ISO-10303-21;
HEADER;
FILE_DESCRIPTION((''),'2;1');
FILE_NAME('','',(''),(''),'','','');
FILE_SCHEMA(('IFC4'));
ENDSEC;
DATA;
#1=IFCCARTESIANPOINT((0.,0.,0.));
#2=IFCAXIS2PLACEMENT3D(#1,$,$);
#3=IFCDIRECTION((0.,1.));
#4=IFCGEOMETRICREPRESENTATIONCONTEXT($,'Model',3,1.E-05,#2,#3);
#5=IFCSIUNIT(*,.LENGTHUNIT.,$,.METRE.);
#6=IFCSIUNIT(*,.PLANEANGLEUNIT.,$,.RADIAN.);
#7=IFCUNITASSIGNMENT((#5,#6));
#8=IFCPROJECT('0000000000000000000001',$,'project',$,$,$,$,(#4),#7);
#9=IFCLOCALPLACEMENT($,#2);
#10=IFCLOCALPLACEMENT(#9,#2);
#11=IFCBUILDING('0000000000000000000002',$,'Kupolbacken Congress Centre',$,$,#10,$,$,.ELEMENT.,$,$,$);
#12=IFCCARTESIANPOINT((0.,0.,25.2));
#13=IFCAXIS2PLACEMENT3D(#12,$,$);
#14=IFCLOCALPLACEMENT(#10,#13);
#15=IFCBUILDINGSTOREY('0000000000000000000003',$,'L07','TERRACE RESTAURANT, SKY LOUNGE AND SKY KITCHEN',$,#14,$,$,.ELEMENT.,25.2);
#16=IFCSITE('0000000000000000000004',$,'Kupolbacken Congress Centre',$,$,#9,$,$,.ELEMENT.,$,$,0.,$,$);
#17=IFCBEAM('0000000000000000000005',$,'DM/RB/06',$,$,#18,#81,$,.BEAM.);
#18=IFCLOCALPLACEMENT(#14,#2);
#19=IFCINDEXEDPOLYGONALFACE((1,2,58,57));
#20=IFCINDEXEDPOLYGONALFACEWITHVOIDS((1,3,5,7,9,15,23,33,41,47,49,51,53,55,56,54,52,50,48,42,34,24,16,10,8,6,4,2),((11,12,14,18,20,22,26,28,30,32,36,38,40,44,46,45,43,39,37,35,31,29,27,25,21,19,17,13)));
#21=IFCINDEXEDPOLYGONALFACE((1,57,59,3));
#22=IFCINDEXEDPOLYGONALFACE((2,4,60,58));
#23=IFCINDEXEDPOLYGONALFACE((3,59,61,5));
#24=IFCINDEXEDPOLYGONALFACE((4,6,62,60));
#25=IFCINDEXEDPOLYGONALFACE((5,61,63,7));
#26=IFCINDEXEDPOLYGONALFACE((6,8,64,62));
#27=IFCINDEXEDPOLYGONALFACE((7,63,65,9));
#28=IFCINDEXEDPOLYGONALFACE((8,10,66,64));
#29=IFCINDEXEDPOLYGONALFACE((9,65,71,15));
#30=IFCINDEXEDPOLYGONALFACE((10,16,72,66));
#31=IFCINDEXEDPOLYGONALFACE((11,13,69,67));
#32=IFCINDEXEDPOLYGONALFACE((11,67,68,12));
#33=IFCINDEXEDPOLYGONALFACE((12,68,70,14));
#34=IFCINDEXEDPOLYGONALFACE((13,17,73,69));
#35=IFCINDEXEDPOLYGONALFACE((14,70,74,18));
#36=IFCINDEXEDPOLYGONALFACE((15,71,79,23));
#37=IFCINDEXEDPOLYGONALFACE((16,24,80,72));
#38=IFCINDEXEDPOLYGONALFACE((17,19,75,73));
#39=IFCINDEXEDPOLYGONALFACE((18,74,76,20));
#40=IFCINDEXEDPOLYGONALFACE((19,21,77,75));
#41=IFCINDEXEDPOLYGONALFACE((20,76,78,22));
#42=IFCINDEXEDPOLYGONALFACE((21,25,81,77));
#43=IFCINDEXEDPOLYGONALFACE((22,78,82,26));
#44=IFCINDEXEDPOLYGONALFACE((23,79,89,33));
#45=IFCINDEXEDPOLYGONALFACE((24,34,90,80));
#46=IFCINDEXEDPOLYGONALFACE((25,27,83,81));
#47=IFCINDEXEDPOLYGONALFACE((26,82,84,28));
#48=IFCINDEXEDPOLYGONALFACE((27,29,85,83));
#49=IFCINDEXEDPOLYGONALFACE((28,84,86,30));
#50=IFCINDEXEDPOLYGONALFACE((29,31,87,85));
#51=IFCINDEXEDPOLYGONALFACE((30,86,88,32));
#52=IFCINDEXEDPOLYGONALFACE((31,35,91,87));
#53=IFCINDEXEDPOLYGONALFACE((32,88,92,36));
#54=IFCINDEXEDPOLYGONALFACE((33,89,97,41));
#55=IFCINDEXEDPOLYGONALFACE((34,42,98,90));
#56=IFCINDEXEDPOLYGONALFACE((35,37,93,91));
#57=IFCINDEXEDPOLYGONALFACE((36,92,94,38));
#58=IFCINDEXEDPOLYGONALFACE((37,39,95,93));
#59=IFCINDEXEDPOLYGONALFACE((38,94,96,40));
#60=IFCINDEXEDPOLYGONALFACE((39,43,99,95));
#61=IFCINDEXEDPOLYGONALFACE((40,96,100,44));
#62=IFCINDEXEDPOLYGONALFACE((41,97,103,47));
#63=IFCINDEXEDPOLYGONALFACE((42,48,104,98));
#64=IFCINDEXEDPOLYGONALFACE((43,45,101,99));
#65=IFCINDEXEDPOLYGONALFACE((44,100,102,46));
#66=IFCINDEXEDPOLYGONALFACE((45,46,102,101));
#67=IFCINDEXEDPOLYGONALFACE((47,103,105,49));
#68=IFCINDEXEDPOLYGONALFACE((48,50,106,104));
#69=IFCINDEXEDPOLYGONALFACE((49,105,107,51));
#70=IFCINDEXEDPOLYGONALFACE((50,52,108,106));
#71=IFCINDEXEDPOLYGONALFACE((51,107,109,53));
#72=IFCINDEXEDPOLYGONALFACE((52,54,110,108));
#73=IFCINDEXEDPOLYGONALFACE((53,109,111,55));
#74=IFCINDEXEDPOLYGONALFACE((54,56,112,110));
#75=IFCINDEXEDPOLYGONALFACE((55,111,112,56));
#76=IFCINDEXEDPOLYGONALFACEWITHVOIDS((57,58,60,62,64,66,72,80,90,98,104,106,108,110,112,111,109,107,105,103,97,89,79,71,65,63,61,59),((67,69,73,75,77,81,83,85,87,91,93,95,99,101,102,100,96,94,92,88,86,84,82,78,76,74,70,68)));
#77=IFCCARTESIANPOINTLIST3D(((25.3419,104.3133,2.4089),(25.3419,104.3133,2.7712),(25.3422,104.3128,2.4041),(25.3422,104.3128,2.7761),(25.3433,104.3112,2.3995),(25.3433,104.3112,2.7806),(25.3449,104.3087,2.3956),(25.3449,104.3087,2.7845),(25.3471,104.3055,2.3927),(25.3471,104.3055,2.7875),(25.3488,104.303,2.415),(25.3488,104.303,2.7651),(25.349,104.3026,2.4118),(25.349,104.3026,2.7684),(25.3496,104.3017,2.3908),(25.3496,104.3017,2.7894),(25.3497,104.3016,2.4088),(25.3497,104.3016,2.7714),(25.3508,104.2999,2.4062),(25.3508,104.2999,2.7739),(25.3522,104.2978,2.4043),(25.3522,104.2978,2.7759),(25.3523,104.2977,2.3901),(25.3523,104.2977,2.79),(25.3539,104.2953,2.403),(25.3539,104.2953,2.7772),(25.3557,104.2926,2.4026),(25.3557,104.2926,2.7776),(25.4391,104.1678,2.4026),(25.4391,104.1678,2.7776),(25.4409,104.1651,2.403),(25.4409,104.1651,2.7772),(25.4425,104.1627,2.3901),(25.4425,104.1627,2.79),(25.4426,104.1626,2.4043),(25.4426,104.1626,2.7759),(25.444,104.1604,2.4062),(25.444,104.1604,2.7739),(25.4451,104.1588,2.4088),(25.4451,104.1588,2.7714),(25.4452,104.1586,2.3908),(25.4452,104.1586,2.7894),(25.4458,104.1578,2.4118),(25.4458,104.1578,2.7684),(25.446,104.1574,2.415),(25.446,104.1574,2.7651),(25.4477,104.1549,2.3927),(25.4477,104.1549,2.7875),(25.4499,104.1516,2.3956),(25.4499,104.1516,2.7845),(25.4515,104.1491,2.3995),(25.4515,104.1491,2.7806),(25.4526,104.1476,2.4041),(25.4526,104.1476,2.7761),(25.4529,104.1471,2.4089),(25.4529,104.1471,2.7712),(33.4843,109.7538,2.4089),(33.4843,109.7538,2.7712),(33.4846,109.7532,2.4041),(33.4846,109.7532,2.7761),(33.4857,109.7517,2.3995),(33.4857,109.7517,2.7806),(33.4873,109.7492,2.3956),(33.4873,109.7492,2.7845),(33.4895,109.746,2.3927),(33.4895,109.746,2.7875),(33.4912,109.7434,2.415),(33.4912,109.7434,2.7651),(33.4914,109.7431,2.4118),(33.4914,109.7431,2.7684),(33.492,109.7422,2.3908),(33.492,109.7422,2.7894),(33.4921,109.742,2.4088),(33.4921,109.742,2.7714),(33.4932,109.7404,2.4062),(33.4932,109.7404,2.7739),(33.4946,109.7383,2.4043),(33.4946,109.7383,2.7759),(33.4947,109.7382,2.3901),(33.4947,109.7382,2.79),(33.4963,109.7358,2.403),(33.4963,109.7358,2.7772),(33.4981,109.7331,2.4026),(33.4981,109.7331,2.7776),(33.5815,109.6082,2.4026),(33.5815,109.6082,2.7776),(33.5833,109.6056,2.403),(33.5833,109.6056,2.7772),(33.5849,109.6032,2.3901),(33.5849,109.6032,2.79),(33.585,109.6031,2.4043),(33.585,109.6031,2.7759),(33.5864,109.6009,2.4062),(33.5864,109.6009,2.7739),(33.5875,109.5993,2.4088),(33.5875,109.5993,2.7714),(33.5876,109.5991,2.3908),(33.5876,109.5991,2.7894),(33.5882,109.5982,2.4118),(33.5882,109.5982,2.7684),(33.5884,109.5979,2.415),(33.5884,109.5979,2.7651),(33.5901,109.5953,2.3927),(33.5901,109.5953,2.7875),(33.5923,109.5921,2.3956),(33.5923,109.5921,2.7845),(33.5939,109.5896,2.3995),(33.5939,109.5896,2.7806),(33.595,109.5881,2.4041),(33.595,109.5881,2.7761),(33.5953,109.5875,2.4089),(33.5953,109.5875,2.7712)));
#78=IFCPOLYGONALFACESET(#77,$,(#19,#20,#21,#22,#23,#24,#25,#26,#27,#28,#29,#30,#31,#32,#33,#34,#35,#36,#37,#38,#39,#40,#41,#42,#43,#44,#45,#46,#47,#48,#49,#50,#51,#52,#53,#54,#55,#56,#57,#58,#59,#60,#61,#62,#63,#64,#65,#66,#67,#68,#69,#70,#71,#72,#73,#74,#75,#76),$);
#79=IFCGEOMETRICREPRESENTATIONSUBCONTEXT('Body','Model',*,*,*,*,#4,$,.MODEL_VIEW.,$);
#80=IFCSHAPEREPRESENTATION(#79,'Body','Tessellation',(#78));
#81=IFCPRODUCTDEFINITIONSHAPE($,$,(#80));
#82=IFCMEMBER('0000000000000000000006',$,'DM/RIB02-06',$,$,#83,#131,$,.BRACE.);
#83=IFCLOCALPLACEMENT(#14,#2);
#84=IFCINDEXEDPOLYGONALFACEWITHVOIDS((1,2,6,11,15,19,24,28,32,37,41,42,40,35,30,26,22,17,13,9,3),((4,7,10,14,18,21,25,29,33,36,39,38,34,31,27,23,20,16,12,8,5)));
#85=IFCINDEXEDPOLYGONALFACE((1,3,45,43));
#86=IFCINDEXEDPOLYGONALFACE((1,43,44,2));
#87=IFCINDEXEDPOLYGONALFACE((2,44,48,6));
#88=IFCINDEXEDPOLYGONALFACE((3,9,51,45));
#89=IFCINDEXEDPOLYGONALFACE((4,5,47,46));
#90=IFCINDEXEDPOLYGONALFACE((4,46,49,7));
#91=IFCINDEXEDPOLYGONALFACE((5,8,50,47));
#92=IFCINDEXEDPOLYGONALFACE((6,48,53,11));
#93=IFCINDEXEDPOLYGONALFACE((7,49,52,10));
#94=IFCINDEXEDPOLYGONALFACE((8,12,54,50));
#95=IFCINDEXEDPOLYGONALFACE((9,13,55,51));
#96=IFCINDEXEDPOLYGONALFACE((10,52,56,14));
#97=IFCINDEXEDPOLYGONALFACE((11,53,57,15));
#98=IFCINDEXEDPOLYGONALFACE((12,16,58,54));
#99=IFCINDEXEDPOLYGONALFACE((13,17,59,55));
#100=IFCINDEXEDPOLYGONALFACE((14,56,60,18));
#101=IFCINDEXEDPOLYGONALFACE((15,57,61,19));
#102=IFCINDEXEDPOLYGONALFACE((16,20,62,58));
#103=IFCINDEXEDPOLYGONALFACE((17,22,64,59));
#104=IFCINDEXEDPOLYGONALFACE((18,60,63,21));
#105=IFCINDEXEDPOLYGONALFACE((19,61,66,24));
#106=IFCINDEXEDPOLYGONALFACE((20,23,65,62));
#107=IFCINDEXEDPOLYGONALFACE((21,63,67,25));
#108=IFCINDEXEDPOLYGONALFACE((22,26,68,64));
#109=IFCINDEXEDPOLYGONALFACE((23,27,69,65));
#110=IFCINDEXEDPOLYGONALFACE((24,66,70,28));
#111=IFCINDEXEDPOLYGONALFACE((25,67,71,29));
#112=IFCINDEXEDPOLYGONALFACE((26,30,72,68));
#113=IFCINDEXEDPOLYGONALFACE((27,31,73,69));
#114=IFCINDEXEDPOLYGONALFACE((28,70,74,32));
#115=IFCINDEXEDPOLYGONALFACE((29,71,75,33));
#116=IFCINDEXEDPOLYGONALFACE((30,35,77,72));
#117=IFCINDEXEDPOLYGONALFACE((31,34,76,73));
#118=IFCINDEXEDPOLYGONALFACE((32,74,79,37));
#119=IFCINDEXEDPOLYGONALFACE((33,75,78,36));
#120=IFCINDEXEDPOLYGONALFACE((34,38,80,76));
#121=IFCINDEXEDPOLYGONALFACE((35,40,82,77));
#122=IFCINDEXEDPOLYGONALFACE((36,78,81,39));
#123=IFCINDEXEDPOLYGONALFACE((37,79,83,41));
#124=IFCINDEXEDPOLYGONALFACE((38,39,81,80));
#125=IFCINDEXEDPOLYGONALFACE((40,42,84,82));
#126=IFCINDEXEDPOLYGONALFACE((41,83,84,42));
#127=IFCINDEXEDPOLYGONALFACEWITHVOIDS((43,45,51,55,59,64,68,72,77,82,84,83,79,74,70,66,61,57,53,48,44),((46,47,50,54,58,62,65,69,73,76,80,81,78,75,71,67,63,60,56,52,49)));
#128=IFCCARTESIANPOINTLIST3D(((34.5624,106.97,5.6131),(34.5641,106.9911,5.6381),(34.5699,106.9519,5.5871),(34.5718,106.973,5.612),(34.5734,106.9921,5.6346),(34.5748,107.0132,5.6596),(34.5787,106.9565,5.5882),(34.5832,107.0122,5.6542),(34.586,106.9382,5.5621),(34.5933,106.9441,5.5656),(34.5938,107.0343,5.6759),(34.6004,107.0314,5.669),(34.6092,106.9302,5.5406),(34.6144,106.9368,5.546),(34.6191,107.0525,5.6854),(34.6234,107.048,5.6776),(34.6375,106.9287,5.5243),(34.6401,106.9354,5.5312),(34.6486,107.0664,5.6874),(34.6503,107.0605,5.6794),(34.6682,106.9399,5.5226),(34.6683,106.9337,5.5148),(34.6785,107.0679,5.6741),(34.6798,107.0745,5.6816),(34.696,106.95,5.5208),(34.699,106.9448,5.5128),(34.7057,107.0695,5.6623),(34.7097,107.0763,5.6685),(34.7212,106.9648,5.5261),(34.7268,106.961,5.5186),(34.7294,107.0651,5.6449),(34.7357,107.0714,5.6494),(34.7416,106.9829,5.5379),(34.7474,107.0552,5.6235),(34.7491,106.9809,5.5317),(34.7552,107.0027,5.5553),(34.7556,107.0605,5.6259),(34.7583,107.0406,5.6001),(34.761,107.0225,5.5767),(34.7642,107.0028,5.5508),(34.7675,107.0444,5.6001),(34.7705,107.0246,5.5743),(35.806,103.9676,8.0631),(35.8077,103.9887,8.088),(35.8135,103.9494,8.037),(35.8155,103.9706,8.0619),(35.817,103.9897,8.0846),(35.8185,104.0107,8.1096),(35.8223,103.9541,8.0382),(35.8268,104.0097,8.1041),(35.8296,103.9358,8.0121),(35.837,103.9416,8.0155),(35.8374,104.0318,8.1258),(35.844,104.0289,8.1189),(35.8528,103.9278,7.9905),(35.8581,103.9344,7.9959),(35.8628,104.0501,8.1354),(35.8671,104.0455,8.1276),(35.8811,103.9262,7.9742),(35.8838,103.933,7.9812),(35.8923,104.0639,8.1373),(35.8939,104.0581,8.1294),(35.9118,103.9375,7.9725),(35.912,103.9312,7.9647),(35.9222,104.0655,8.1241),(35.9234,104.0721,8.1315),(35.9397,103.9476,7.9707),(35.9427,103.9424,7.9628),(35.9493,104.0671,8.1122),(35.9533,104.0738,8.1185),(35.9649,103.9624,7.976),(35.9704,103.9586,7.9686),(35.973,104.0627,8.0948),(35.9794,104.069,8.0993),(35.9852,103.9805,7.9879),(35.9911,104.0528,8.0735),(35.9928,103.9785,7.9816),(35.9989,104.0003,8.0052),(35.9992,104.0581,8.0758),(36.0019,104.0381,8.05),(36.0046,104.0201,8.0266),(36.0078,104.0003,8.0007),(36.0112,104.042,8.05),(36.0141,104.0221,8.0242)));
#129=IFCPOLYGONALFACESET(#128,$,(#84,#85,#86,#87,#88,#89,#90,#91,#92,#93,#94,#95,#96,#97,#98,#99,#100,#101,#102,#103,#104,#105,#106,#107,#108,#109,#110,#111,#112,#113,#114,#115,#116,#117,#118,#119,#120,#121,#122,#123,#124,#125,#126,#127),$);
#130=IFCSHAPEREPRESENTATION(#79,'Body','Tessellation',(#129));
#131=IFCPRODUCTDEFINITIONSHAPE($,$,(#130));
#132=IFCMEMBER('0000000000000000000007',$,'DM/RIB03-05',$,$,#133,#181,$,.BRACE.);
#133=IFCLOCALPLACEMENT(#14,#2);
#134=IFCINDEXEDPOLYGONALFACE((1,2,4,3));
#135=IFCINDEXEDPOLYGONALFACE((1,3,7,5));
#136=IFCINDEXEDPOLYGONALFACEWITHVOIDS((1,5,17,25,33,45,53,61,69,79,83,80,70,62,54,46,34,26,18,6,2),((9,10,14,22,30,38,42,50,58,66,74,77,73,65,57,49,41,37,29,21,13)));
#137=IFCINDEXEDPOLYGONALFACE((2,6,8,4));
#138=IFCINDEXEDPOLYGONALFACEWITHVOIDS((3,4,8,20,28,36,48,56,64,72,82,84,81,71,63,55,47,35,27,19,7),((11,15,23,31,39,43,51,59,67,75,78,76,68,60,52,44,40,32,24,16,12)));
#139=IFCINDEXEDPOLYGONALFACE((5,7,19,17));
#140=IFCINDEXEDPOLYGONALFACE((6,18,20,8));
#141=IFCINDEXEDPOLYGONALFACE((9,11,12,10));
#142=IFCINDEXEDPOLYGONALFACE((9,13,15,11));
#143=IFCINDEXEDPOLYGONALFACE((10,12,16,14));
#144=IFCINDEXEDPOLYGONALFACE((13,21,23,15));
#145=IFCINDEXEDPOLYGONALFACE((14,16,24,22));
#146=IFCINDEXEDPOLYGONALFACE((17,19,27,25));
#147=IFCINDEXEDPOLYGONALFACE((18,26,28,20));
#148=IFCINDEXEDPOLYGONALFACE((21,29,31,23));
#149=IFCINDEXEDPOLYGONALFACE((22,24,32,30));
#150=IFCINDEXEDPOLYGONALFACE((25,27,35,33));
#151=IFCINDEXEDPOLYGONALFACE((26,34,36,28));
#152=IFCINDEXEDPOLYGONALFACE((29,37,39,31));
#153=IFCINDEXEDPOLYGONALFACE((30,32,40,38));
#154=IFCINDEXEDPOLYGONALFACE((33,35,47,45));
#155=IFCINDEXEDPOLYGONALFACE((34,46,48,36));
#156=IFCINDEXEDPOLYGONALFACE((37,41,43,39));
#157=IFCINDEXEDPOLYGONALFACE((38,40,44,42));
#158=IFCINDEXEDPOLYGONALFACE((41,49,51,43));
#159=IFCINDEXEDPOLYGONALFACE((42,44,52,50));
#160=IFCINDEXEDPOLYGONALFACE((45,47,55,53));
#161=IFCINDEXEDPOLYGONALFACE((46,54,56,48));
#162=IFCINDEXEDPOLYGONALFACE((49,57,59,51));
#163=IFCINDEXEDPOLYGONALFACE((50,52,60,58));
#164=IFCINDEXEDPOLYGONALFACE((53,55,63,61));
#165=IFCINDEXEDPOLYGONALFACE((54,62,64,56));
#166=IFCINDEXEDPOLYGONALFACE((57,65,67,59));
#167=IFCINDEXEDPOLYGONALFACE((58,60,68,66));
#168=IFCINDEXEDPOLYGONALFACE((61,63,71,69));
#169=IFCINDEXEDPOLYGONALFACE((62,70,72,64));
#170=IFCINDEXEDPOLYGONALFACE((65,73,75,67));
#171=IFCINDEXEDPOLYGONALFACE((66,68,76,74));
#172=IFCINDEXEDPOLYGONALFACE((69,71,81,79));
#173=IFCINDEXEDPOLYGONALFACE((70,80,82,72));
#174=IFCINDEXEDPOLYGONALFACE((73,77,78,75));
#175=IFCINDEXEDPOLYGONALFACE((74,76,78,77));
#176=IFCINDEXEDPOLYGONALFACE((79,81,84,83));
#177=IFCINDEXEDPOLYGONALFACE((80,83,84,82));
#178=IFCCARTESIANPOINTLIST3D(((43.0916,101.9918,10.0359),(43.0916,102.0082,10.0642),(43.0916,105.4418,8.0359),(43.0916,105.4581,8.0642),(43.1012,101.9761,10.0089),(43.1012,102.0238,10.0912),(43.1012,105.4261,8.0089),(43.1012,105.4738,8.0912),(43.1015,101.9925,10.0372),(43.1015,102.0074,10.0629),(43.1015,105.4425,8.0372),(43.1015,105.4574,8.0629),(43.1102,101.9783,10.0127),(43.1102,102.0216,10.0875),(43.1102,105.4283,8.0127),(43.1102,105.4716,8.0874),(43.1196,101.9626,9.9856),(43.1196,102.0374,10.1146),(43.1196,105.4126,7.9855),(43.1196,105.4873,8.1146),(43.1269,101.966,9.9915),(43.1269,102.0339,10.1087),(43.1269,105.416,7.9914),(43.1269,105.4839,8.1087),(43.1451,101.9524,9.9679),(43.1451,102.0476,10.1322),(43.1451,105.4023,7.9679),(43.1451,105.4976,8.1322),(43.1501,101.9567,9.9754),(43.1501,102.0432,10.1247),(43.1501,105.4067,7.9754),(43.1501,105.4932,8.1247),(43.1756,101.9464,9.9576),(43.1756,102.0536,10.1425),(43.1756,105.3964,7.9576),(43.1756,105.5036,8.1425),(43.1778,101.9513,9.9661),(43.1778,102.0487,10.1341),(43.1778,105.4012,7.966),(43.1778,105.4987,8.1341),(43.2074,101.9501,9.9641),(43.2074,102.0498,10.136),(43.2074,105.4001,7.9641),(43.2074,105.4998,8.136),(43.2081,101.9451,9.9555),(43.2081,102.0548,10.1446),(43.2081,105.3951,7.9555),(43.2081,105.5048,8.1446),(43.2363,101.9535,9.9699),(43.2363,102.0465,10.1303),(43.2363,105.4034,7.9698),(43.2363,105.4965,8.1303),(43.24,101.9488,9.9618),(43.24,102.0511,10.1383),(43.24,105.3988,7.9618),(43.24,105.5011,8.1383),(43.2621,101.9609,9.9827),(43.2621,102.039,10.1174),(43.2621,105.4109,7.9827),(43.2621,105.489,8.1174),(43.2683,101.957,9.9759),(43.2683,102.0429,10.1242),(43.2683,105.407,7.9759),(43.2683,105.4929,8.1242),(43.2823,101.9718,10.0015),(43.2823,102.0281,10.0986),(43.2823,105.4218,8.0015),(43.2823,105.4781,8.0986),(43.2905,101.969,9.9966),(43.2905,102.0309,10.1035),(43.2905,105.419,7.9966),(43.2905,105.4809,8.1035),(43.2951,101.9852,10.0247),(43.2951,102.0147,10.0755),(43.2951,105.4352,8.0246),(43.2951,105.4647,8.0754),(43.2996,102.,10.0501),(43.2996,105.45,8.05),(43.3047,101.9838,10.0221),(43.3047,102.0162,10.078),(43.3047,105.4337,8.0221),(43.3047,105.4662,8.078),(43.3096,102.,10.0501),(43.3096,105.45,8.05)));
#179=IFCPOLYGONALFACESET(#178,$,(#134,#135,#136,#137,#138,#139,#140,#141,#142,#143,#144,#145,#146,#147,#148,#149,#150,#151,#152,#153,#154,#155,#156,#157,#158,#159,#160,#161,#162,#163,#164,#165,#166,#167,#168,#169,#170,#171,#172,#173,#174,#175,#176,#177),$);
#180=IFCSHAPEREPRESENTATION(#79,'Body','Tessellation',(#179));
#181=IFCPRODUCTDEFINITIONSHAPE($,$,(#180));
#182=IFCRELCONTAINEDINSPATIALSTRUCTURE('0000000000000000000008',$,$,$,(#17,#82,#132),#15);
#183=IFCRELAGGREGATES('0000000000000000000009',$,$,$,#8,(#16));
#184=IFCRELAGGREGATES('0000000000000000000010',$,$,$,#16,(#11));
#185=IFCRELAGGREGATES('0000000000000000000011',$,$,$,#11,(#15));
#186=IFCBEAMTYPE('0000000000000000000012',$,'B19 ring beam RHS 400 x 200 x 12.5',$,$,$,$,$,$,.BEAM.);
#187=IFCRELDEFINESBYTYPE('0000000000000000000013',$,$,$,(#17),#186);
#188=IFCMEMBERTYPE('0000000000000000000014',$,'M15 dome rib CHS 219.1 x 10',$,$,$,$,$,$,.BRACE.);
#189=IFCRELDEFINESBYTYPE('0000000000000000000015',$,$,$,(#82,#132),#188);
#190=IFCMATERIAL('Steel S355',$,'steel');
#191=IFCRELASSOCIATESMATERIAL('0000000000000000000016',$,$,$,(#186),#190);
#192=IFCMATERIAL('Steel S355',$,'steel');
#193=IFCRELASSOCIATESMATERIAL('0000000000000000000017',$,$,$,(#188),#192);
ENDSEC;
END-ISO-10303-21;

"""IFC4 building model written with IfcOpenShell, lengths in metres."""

from ifc_helpers import new_model, si_unit, direction, frame, origin, origin_2d, place, context, subcontext, project, spatial, hollow_rectangle, hollow_circle, extrude, material, material_profile, profile_set, type_object, element, save


model = new_model("IFC4")

# Units and contexts
model_context = context("Model", 3, precision=1e-05, world=origin(), true_north=direction((0.0, 1.0)))
body_context = subcontext(model_context, "Body", "Model", "MODEL_VIEW")
ifc_project = project(units=[si_unit("LENGTHUNIT", "METRE"), si_unit("PLANEANGLEUNIT", "RADIAN")], contexts=[model_context])

# Site, building, storey
site_placement = place(None, origin())
site = spatial("IfcSite", under=ifc_project, at=site_placement, Name="Kupolbacken Congress Centre", CompositionType="ELEMENT", RefElevation=0.0)
building_placement = place(site_placement, origin())
building = spatial("IfcBuilding", under=site, at=building_placement, Name="Kupolbacken Congress Centre", CompositionType="ELEMENT")
storey_placement = place(building_placement, frame((0.0, 0.0, 25.2)))
storey = spatial("IfcBuildingStorey", under=building, at=storey_placement, Name="L07", Description="TERRACE RESTAURANT, SKY LOUNGE AND SKY KITCHEN", CompositionType="ELEMENT", Elevation=25.2)

# Beam
ifc_material_1 = material(Name="Steel S355", Category="steel")
ifc_material_profile_1 = material_profile(ifc_material_1, hollow_rectangle(XDim=0.2, YDim=0.3999, WallThickness=0.0125, InnerFilletRadius=0.0125, OuterFilletRadius=0.0188, at=origin_2d()), Name="RHS 400 x 200 x 12.5")
ifc_profile_set_1 = profile_set([ifc_material_profile_1], Name="Steel S355")
beam_type = type_object("IfcBeamType", Name="B19 ring beam RHS 400 x 200 x 12.5", PredefinedType="BEAM", material=ifc_profile_set_1)
beam_placement = place(storey_placement, frame((33.5398, 109.6707, 2.5901), z_axis=(-0.831475, -0.555563, 0.0), x_axis=(0.555563, -0.831475, 0.0)))
element("IfcBeam", 1, at=beam_placement, inside=storey, type_object=beam_type, Name="DM/RB/06", PredefinedType="BEAM", context=body_context, shape_type="SweptSolid", body=[
    extrude(hollow_rectangle(XDim=0.2, YDim=0.3999, WallThickness=0.0125, InnerFilletRadius=0.0125, OuterFilletRadius=0.0188, at=origin_2d()), origin(), (0.0, 0.0, 1.0), 9.7927),
])

# Members
ifc_material_2 = material(Name="Steel S355", Category="steel")
ifc_material_profile_2 = material_profile(ifc_material_2, hollow_circle(Radius=0.1096, WallThickness=0.01, at=origin_2d()), Name="CHS 219.1 x 10")
ifc_profile_set_2 = profile_set([ifc_material_profile_2], Name="Steel S355")
member_type_1 = type_object("IfcMemberType", Name="M15 dome rib CHS 219.1 x 10", PredefinedType="BRACE", material=ifc_profile_set_2)
member_1_placement = place(storey_placement, frame((34.6663, 107.0024, 5.6001), z_axis=(0.305578, -0.73773, 0.601977), x_axis=(0.923879, 0.382684, 0.0)))
element("IfcMember", 2, at=member_1_placement, inside=storey, type_object=member_type_1, Name="DM/RIB02-06", PredefinedType="BRACE", context=body_context, shape_type="SweptSolid", body=[
    extrude(hollow_circle(Radius=0.1096, WallThickness=0.01, at=origin_2d()), origin(), (0.0, 0.0, 1.0), 4.0698),
])
for number, where, z_axis, x_axis, name in (
    (3, (43.2, 105.45, 8.05), (0.0, -0.865137, 0.501536), (1.0, 0.0, 0.0), "DM/RIB03-05"),
):
    element("IfcMember", number, at=place(storey_placement, frame(where, z_axis=z_axis, x_axis=x_axis)), inside=storey, type_object=member_type_1, Name=name, PredefinedType="BRACE", context=body_context, shape_type="SweptSolid", body=[
        extrude(hollow_circle(Radius=0.1096, WallThickness=0.01, at=origin_2d()), origin(), (0.0, 0.0, 1.0), 3.9878),
    ])

save(model, "model.ifc")
